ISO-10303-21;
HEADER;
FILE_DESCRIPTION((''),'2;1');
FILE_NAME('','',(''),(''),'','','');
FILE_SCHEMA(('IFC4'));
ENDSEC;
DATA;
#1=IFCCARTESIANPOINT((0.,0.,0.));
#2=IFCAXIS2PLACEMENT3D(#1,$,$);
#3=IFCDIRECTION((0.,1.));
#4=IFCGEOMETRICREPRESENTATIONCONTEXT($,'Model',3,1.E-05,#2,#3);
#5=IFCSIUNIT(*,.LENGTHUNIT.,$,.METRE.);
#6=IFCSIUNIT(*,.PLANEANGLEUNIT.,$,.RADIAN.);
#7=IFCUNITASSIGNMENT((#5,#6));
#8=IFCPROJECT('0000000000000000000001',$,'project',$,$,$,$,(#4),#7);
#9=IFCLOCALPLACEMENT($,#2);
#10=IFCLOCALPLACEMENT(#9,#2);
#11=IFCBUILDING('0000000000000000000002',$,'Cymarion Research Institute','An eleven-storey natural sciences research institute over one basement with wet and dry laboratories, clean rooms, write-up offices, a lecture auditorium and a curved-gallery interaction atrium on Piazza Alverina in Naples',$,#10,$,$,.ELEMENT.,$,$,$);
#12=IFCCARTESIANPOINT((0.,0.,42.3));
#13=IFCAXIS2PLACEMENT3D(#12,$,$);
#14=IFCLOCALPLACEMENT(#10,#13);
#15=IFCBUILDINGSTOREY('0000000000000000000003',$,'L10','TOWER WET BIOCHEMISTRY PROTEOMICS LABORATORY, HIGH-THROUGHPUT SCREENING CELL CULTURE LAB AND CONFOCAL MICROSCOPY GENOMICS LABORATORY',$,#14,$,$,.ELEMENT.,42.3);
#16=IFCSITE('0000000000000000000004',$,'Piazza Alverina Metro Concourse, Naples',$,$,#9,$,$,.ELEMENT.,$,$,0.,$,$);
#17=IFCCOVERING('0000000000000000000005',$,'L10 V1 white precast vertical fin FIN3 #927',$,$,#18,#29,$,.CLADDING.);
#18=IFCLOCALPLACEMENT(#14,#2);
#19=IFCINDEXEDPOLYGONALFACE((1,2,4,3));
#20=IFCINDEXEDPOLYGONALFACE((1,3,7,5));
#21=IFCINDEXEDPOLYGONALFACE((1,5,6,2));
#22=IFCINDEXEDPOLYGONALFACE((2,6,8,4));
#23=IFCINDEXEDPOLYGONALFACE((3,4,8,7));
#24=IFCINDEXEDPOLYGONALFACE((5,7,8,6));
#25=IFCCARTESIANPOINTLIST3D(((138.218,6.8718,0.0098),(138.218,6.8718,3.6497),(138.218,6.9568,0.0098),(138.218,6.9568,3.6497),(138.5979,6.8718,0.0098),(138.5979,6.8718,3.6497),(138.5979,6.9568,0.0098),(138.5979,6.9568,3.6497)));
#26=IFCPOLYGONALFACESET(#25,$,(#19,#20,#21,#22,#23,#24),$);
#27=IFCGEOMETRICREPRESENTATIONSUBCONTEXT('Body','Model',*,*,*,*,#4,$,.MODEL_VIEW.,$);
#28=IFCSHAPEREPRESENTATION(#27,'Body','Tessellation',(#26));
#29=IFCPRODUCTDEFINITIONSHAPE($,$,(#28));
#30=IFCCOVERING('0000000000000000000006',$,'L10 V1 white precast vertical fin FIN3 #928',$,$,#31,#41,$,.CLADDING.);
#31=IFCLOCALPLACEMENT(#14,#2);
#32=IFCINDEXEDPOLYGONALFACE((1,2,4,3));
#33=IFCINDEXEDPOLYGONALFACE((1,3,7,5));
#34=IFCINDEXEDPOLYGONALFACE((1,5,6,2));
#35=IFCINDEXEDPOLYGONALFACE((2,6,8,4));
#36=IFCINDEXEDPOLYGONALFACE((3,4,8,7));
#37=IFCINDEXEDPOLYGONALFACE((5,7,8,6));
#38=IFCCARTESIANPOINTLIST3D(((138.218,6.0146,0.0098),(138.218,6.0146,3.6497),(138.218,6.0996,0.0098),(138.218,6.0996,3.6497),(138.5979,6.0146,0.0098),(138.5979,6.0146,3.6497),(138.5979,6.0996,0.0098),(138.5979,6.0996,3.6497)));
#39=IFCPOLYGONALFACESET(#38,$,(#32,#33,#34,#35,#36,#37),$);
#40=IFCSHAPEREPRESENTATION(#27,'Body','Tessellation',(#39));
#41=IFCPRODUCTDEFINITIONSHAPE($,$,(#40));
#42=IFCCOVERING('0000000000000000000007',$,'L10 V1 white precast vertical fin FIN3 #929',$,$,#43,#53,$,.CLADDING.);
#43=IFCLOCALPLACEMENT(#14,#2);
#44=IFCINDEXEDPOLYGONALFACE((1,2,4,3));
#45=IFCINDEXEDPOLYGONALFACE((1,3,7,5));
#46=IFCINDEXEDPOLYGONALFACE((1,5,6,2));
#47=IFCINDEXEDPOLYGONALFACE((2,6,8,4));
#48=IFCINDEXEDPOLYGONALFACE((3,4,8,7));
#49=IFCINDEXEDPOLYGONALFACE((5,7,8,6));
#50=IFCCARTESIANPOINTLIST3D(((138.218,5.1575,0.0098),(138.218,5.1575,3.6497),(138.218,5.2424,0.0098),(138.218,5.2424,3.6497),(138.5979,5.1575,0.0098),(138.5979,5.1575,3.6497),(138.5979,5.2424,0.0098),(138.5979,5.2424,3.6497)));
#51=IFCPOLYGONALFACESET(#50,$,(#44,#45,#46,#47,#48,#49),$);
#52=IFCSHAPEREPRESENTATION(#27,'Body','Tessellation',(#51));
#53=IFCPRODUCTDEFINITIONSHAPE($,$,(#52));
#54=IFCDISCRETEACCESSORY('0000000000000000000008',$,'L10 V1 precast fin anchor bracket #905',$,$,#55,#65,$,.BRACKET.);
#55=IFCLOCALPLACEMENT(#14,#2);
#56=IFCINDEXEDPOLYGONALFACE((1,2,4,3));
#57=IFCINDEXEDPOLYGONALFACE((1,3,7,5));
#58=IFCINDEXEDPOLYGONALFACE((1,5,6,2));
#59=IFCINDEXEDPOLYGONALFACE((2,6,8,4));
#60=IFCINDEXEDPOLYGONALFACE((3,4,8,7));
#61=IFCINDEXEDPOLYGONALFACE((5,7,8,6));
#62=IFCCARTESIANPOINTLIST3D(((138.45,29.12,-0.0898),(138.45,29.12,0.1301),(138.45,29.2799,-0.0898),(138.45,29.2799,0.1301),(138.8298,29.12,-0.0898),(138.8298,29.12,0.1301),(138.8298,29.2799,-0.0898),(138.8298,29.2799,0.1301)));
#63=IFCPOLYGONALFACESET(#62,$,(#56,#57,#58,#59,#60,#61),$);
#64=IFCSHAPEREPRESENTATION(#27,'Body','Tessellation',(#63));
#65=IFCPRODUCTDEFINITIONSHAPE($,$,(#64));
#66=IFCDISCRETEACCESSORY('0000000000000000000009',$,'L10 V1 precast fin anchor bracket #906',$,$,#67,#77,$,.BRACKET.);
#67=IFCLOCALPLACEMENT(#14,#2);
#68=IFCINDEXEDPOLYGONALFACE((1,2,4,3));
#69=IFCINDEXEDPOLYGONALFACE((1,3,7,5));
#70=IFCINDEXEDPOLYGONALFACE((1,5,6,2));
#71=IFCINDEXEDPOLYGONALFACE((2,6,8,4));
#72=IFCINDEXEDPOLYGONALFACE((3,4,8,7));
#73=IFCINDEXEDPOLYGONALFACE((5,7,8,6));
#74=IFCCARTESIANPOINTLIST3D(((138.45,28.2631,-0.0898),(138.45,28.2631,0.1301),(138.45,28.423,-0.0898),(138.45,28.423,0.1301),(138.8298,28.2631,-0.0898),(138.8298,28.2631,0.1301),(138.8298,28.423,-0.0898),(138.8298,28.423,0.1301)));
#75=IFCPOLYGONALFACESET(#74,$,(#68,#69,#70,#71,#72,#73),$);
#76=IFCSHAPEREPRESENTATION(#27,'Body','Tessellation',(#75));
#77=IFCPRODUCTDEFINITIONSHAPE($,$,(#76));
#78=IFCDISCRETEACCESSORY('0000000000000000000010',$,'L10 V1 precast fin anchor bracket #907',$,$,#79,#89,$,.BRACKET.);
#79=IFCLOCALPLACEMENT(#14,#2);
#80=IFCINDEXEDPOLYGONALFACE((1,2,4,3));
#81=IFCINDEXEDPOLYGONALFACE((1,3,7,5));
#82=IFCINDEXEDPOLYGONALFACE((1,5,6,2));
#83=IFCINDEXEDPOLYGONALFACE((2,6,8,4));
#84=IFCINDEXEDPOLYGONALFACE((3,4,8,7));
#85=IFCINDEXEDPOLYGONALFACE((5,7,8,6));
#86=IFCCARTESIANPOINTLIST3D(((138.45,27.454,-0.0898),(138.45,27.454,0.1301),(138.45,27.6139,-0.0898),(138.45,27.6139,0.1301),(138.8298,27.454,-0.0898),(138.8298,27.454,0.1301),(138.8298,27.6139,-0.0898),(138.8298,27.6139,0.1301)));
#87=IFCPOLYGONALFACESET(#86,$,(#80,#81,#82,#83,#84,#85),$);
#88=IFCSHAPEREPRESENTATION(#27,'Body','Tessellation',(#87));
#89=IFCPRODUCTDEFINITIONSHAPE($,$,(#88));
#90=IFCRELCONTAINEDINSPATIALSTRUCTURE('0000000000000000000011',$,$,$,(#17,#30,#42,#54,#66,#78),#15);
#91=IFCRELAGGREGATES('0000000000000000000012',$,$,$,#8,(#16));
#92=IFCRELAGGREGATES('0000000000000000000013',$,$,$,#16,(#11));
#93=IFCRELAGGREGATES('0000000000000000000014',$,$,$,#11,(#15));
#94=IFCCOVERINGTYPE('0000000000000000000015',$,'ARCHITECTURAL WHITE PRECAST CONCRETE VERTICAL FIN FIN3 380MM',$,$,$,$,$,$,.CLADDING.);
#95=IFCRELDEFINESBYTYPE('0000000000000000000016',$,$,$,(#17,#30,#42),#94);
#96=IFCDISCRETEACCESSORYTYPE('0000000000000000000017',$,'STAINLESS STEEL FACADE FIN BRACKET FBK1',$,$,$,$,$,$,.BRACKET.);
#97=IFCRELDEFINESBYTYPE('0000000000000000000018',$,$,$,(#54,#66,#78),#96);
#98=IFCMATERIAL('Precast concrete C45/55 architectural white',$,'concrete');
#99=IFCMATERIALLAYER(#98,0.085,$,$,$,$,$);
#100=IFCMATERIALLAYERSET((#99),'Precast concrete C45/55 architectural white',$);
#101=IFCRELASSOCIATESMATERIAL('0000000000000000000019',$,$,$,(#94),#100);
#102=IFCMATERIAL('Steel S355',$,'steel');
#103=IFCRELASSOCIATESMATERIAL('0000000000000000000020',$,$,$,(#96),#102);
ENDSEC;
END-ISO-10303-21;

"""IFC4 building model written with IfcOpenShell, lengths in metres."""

from ifc_helpers import new_model, si_unit, direction, frame, origin, origin_2d, place, context, subcontext, project, spatial, rectangle, extrude, material, layer, layer_set, type_object, element, save


model = new_model("IFC4")

# Units and contexts
model_context = context("Model", 3, precision=1e-05, world=origin(), true_north=direction((0.0, 1.0)))
body_context = subcontext(model_context, "Body", "Model", "MODEL_VIEW")
ifc_project = project(units=[si_unit("LENGTHUNIT", "METRE"), si_unit("PLANEANGLEUNIT", "RADIAN")], contexts=[model_context])

# Site, building, storey
site_placement = place(None, origin())
site = spatial("IfcSite", under=ifc_project, at=site_placement, Name="Piazza Alverina Metro Concourse, Naples", CompositionType="ELEMENT", RefElevation=0.0)
building_placement = place(site_placement, origin())
building = spatial("IfcBuilding", under=site, at=building_placement, Name="Cymarion Research Institute", Description="An eleven-storey natural sciences research institute over one basement with wet and dry laboratories, clean rooms, write-up offices, a lecture auditorium and a curved-gallery interaction atrium on Piazza Alverina in Naples", CompositionType="ELEMENT")
storey_placement = place(building_placement, frame((0.0, 0.0, 42.3)))
storey = spatial("IfcBuildingStorey", under=building, at=storey_placement, Name="L10", Description="TOWER WET BIOCHEMISTRY PROTEOMICS LABORATORY, HIGH-THROUGHPUT SCREENING CELL CULTURE LAB AND CONFOCAL MICROSCOPY GENOMICS LABORATORY", CompositionType="ELEMENT", Elevation=42.3)

# Shared definitions
ifc_material_1 = material(Name="Steel S355", Category="steel")

# Coverings
ifc_material_2 = material(Name="Precast concrete C45/55 architectural white", Category="concrete")
ifc_layer = layer(ifc_material_2, 0.085)
ifc_layer_set = layer_set([ifc_layer], Name="Precast concrete C45/55 architectural white")
covering_type = type_object("IfcCoveringType", Name="ARCHITECTURAL WHITE PRECAST CONCRETE VERTICAL FIN FIN3 380MM", PredefinedType="CLADDING", material=ifc_layer_set)
for number, where, z_axis, x_axis, name in (
    (1, (138.408, 6.9143, 0.0098), (0.0, 0.0, 1.0), (-1.0, 0.0, 0.0), "L10 V1 white precast vertical fin FIN3 #927"),
    (2, (138.408, 6.0571, 0.0098), (0.0, 0.0, 1.0), (-1.0, 0.0, 0.0), "L10 V1 white precast vertical fin FIN3 #928"),
    (3, (138.408, 5.2, 0.0098), (0.0, 0.0, 1.0), (-1.0, 0.0, 0.0), "L10 V1 white precast vertical fin FIN3 #929"),
):
    element("IfcCovering", number, at=place(storey_placement, frame(where, z_axis=z_axis, x_axis=x_axis)), inside=storey, type_object=covering_type, Name=name, PredefinedType="CLADDING", context=body_context, shape_type="SweptSolid", body=[
        extrude(rectangle(XDim=0.3799, YDim=0.085, at=origin_2d()), origin(), (0.0, 0.0, 1.0), 3.6399),
    ])

# Discrete accessories
discrete_accessory_type = type_object("IfcDiscreteAccessoryType", Name="STAINLESS STEEL FACADE FIN BRACKET FBK1", PredefinedType="BRACKET", material=ifc_material_1)
for number, where, z_axis, x_axis, name in (
    (4, (138.6399, 29.2, -0.0898), (0.0, 0.0, 1.0), (-1.0, 0.0, 0.0), "L10 V1 precast fin anchor bracket #905"),
    (5, (138.6399, 28.343, -0.0898), (0.0, 0.0, 1.0), (-1.0, 0.0, 0.0), "L10 V1 precast fin anchor bracket #906"),
    (6, (138.6399, 27.5339, -0.0898), (0.0, 0.0, 1.0), (-1.0, 0.0, 0.0), "L10 V1 precast fin anchor bracket #907"),
):
    element("IfcDiscreteAccessory", number, at=place(storey_placement, frame(where, z_axis=z_axis, x_axis=x_axis)), inside=storey, type_object=discrete_accessory_type, Name=name, PredefinedType="BRACKET", context=body_context, shape_type="SweptSolid", body=[
        extrude(rectangle(XDim=0.3799, YDim=0.1599, at=origin_2d()), origin(), (0.0, 0.0, 1.0), 0.22),
    ])

save(model, "model.ifc")
